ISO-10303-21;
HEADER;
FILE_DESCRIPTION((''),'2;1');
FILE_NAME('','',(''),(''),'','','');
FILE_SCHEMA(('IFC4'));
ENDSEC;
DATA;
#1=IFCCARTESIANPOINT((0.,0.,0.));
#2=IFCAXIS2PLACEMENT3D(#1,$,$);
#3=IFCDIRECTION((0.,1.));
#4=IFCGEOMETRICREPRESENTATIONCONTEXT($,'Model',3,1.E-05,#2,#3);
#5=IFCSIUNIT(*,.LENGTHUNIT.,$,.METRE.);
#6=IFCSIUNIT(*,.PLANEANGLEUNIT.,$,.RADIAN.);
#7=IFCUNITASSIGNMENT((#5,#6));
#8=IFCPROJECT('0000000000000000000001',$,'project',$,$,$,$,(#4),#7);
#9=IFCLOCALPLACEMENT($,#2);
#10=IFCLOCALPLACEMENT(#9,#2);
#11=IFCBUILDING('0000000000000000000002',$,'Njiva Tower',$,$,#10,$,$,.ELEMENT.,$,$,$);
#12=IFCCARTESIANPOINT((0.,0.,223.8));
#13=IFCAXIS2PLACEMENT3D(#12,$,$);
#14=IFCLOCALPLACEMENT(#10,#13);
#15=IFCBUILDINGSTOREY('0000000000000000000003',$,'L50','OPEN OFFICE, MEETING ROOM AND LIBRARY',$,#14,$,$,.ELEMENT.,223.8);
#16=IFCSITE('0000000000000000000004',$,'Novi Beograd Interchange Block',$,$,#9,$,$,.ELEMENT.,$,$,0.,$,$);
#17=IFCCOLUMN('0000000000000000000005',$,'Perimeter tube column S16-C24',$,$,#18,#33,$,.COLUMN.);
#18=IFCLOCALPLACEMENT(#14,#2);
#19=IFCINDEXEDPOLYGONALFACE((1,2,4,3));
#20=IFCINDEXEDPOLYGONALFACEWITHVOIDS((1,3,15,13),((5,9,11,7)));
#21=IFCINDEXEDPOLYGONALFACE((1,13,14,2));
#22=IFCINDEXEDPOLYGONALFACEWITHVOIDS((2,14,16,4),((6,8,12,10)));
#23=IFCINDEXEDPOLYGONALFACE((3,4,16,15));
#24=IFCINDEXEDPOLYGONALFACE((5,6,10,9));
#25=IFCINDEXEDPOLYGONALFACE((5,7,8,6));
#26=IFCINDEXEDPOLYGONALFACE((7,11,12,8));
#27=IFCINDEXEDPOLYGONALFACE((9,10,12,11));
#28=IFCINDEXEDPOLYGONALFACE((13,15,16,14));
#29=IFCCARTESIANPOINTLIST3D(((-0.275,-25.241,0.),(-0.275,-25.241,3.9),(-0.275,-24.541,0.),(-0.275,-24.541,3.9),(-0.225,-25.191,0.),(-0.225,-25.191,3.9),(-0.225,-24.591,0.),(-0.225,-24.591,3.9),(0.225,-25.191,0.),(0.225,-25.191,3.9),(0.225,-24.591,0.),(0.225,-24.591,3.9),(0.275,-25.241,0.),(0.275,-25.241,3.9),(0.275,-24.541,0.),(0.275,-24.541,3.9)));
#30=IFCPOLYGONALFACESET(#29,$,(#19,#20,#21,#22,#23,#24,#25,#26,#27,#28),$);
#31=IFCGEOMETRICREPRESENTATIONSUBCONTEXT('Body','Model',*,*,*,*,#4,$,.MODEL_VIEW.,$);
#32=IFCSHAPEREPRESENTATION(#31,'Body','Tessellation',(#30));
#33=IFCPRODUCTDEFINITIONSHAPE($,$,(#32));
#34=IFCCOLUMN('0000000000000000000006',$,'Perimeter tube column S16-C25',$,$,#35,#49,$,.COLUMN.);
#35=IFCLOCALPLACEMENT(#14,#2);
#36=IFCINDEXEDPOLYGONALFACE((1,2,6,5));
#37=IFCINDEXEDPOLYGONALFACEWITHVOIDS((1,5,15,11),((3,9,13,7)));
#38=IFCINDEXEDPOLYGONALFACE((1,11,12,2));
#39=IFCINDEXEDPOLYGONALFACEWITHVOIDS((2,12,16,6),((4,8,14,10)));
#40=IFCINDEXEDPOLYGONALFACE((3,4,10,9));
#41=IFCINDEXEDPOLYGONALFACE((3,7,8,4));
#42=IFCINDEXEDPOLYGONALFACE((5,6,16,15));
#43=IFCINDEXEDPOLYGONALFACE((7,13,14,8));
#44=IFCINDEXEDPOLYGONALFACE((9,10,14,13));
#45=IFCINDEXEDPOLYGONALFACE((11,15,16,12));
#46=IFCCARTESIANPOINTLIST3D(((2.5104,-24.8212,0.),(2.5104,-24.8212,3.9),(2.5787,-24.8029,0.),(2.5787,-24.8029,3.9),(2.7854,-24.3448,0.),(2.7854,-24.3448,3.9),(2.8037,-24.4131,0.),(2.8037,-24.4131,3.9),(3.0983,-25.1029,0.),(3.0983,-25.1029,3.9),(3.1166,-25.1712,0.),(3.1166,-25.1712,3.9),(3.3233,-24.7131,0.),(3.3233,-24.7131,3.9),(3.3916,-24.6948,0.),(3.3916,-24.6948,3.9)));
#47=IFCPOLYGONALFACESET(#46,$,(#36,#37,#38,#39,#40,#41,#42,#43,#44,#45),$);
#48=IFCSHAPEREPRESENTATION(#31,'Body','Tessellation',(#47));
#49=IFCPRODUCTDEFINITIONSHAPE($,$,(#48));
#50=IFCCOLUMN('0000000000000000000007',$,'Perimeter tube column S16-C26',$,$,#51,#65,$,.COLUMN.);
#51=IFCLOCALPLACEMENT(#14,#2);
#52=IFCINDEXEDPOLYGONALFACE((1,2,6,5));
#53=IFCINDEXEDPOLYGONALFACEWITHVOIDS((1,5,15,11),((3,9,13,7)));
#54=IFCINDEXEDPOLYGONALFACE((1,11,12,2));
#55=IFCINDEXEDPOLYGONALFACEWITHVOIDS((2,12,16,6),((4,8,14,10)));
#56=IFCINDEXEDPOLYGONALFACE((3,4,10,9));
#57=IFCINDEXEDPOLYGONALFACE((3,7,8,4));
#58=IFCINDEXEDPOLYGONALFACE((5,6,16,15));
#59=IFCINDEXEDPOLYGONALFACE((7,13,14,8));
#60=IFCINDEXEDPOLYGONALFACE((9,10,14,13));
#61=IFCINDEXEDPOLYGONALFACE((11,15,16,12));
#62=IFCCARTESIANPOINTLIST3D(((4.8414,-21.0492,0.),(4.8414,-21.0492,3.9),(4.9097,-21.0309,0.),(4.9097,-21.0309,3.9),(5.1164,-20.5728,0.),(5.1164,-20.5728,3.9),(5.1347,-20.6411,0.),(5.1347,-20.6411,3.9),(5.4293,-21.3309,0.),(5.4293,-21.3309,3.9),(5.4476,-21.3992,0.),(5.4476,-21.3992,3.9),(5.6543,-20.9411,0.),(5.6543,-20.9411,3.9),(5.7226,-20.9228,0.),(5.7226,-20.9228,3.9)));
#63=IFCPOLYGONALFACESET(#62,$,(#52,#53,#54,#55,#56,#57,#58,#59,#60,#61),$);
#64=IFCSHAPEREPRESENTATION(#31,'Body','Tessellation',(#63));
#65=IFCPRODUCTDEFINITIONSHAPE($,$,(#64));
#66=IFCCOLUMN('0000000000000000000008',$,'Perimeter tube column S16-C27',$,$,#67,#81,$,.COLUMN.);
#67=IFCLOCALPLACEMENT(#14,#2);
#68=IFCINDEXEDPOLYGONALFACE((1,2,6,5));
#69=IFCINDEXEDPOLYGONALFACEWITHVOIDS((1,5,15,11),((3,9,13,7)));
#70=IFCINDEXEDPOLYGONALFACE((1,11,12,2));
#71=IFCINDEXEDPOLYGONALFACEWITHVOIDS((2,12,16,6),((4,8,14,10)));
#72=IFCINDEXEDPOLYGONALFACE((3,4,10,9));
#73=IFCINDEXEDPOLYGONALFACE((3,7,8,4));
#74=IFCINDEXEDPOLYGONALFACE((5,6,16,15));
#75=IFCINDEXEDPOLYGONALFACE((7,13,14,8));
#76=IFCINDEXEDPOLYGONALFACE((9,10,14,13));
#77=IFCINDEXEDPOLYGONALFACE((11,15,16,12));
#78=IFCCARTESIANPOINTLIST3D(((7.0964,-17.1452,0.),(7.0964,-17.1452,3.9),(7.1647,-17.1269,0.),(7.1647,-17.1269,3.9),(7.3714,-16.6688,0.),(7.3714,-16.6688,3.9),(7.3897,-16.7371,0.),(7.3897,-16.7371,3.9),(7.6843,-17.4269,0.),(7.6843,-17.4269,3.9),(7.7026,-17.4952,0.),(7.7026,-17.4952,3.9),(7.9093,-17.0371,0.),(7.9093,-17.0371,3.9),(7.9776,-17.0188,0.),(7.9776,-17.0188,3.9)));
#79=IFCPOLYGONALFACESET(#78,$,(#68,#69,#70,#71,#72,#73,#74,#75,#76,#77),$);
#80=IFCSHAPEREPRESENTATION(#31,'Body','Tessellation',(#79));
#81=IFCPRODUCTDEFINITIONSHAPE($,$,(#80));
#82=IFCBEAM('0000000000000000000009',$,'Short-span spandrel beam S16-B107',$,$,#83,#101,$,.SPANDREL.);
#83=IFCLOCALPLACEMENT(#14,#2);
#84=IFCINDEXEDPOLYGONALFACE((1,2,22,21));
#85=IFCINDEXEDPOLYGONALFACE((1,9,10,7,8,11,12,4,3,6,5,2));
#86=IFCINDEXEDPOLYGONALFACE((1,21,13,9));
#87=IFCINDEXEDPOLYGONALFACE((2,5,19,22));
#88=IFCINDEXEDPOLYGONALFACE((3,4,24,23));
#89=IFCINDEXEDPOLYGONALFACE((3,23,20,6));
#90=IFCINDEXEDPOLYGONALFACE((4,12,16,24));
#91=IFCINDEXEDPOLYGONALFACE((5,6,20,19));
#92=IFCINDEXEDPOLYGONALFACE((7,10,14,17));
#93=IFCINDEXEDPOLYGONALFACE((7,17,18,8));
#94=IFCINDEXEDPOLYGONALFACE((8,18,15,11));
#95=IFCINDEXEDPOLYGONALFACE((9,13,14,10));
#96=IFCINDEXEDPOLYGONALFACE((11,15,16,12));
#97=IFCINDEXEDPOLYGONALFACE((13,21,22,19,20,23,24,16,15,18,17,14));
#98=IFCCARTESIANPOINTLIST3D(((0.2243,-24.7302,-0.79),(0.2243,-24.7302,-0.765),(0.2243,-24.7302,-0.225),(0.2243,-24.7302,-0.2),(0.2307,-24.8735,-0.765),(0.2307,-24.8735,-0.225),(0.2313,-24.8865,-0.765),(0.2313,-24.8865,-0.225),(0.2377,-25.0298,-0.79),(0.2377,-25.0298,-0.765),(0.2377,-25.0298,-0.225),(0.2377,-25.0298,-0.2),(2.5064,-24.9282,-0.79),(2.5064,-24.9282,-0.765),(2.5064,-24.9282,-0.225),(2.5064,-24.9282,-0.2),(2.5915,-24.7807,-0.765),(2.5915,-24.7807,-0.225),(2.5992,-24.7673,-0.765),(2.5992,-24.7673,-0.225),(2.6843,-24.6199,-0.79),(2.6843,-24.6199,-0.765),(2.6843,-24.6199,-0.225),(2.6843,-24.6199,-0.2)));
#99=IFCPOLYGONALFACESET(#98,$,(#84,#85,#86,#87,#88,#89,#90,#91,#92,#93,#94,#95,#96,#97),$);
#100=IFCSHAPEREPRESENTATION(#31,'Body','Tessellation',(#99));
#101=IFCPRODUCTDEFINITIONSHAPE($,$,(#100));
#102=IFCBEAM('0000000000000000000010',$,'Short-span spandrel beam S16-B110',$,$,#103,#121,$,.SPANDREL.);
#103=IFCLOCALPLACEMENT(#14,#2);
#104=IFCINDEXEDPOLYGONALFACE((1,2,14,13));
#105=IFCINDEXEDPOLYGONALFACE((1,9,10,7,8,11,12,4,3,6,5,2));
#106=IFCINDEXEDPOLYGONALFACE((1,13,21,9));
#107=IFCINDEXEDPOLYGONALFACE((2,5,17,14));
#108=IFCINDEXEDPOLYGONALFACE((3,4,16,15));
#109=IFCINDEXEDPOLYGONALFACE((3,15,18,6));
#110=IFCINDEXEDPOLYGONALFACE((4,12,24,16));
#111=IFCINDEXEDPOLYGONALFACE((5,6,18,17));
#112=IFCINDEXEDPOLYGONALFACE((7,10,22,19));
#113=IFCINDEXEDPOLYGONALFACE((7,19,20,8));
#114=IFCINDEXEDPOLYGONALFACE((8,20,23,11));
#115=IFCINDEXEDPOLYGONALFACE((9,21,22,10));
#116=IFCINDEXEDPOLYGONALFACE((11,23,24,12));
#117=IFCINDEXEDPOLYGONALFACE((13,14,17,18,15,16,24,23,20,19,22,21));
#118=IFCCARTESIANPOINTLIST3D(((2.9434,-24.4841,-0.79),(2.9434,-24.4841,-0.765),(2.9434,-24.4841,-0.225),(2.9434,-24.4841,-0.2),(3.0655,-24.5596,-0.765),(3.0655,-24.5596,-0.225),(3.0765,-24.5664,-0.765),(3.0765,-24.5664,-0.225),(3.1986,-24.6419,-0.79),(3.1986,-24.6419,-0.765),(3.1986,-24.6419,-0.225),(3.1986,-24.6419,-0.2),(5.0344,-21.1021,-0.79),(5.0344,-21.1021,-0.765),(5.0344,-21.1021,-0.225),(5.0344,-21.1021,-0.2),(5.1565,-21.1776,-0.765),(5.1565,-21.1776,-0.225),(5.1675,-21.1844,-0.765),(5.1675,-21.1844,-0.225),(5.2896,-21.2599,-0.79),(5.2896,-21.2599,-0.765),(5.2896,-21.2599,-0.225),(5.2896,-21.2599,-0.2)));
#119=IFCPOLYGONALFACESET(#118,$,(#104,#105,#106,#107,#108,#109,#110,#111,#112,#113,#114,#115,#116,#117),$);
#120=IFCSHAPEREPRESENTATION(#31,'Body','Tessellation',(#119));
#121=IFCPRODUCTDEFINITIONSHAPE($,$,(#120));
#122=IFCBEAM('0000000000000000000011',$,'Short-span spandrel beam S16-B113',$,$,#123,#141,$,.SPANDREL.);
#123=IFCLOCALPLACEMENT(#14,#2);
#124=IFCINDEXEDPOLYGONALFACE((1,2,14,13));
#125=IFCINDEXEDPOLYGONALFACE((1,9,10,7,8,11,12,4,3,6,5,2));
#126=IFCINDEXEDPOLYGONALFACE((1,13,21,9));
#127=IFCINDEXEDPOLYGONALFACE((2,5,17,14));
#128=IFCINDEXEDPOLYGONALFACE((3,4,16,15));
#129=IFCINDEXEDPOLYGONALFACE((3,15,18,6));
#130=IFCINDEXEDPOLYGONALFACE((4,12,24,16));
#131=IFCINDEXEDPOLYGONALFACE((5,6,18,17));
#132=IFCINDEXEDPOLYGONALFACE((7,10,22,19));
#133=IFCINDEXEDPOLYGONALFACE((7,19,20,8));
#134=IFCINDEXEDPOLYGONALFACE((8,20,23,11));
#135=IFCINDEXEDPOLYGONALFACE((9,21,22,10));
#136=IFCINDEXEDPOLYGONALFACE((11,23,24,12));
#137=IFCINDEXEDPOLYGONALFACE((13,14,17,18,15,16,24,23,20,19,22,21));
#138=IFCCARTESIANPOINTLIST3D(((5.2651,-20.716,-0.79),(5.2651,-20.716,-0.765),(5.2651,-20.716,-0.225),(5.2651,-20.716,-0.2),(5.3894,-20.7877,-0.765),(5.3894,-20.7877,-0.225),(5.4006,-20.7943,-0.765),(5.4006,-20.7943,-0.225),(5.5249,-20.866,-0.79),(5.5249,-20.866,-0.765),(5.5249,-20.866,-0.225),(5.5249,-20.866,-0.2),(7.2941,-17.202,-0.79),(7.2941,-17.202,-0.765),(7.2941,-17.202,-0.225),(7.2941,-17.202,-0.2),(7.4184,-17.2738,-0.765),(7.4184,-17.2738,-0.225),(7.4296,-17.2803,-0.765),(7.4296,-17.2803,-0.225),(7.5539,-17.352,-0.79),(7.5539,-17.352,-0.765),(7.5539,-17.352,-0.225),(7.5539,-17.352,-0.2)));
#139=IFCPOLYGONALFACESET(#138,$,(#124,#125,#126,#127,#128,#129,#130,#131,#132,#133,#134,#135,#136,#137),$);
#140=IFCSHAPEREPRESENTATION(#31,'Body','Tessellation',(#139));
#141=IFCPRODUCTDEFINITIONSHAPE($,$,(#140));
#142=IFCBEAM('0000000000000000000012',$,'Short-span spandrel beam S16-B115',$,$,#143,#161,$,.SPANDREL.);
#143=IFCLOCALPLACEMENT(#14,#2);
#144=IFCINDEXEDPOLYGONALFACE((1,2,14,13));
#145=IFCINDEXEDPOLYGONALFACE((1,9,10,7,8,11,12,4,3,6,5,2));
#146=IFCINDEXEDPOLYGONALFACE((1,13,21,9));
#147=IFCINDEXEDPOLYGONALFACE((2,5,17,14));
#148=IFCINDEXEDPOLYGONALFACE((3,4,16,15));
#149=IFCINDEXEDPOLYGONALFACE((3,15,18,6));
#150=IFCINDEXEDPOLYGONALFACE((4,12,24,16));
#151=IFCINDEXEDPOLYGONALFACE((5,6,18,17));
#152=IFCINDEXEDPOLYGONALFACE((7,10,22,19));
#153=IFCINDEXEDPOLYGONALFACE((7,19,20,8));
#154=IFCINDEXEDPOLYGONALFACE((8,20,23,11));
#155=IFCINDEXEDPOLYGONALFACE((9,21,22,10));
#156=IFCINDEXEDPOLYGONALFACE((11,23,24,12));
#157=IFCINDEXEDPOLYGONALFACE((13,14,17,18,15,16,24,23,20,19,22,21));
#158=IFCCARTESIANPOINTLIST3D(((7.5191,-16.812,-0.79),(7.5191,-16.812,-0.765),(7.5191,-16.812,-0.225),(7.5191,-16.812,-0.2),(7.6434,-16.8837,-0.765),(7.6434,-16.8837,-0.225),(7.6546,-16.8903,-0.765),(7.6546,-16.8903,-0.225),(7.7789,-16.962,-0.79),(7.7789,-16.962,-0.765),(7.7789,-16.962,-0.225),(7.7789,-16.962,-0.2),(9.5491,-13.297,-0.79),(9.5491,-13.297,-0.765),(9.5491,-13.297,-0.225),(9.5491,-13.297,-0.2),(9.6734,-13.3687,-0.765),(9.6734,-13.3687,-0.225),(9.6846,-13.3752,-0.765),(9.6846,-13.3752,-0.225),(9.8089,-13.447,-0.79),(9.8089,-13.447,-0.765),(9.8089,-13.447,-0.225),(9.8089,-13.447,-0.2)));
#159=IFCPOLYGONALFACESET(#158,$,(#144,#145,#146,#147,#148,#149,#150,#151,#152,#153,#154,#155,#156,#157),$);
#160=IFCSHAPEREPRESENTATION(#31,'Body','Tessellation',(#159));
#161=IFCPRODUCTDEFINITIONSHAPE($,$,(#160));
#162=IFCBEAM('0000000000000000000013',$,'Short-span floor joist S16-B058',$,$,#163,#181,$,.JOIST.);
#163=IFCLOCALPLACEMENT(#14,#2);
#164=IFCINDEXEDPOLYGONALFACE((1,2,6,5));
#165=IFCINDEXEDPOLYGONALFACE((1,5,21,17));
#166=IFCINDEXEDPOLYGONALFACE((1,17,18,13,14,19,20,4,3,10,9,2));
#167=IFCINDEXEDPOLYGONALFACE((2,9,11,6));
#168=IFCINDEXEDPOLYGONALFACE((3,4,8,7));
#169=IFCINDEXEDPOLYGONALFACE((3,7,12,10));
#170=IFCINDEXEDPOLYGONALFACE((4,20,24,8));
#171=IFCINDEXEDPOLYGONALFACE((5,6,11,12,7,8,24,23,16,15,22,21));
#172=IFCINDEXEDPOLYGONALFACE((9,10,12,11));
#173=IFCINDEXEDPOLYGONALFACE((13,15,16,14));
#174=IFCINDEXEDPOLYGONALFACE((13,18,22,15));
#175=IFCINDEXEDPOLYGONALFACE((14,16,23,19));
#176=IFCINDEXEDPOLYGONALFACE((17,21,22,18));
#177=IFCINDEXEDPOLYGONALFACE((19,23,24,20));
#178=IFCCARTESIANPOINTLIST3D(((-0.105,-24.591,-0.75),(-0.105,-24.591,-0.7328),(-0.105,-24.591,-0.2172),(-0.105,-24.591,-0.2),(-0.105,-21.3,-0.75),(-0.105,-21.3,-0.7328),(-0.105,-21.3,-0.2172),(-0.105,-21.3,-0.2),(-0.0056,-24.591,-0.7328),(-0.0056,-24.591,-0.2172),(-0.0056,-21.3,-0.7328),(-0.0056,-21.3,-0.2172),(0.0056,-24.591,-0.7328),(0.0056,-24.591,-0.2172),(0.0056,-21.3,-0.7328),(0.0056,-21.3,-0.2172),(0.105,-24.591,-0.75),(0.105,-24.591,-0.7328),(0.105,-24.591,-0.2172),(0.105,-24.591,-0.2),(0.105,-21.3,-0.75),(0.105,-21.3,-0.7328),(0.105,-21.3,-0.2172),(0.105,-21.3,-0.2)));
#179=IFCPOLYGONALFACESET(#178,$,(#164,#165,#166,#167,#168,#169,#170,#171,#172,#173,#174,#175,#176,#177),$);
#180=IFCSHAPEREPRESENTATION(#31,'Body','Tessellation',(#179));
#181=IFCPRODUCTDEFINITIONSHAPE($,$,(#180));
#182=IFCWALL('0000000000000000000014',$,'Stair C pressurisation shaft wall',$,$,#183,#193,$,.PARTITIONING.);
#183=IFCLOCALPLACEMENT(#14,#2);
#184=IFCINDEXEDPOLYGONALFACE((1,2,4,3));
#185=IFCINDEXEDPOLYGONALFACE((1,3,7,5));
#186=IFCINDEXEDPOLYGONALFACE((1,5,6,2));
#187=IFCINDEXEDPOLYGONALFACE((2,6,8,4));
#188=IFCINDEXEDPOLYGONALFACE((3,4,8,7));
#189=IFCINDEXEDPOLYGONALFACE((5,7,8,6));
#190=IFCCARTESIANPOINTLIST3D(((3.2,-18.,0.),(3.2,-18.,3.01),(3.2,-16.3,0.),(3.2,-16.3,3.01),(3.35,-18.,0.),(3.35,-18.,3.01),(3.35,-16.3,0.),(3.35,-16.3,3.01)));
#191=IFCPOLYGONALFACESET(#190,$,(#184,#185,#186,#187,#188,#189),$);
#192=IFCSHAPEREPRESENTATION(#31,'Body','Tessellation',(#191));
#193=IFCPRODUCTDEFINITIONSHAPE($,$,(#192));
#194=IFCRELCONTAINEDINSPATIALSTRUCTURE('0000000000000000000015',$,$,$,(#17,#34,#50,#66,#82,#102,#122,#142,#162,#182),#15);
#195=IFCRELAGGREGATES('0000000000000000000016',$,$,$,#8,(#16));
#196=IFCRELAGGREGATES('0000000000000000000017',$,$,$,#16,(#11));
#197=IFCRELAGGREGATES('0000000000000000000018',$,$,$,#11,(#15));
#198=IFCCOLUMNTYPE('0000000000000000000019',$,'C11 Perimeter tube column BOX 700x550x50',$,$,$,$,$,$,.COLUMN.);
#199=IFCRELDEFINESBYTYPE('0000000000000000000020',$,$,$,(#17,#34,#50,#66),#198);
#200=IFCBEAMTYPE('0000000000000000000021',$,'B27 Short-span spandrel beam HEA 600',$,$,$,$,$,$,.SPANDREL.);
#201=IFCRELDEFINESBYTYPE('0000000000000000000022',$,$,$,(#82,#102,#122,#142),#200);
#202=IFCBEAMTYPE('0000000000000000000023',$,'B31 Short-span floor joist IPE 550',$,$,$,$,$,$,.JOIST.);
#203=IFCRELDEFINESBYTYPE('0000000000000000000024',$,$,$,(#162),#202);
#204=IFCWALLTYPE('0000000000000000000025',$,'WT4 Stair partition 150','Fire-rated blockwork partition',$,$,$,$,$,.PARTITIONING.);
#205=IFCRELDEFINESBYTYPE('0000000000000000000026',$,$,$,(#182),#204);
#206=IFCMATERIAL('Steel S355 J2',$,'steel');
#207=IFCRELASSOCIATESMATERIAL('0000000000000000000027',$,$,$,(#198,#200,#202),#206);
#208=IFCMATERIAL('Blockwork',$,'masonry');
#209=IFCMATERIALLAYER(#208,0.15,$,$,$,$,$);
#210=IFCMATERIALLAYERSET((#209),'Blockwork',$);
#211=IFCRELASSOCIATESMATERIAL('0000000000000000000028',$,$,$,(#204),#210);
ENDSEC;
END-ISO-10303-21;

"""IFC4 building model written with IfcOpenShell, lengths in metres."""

from ifc_helpers import new_model, si_unit, direction, frame, frame_2d, origin, origin_2d, place, context, subcontext, project, spatial, rectangle, hollow_rectangle, i_section, extrude, clip, halfspace, material, layer, layer_set, material_profile, profile_set, type_object, element, save


model = new_model("IFC4")

# Units and contexts
model_context = context("Model", 3, precision=1e-05, world=origin(), true_north=direction((0.0, 1.0)))
body_context = subcontext(model_context, "Body", "Model", "MODEL_VIEW")
ifc_project = project(units=[si_unit("LENGTHUNIT", "METRE"), si_unit("PLANEANGLEUNIT", "RADIAN")], contexts=[model_context])

# Site, building, storey
site_placement = place(None, origin())
site = spatial("IfcSite", under=ifc_project, at=site_placement, Name="Novi Beograd Interchange Block", CompositionType="ELEMENT", RefElevation=0.0)
building_placement = place(site_placement, origin())
building = spatial("IfcBuilding", under=site, at=building_placement, Name="Njiva Tower", CompositionType="ELEMENT")
storey_placement = place(building_placement, frame((0.0, 0.0, 223.8)))
storey = spatial("IfcBuildingStorey", under=building, at=storey_placement, Name="L50", Description="OPEN OFFICE, MEETING ROOM AND LIBRARY", CompositionType="ELEMENT", Elevation=223.8)

# Columns
ifc_material_1 = material(Name="Steel S355 J2", Category="steel")
ifc_material_profile_1 = material_profile(ifc_material_1, hollow_rectangle(XDim=0.55, YDim=0.7, WallThickness=0.05, at=origin_2d()), Name="BOX 700x550x50")
ifc_profile_set_1 = profile_set([ifc_material_profile_1], Name="Steel S355 J2")
column_type = type_object("IfcColumnType", Name="C11 Perimeter tube column BOX 700x550x50", PredefinedType="COLUMN", material=ifc_profile_set_1)
for number, where, z_axis, x_axis, name in (
    (1, (0.0, -24.891, 0.0), (0.0, 0.0, 1.0), (1.0, 0.0, 0.0), "Perimeter tube column S16-C24"),
    (2, (2.951, -24.758, 0.0), (0.0, 0.0, 1.0), (0.5, 0.866025, 0.0), "Perimeter tube column S16-C25"),
    (3, (5.282, -20.986, 0.0), (0.0, 0.0, 1.0), (0.5, 0.866025, 0.0), "Perimeter tube column S16-C26"),
    (4, (7.537, -17.082, 0.0), (0.0, 0.0, 1.0), (0.5, 0.866025, 0.0), "Perimeter tube column S16-C27"),
):
    element("IfcColumn", number, at=place(storey_placement, frame(where, z_axis=z_axis, x_axis=x_axis)), inside=storey, type_object=column_type, Name=name, PredefinedType="COLUMN", context=body_context, shape_type="SweptSolid", body=[
        extrude(hollow_rectangle(XDim=0.55, YDim=0.7, WallThickness=0.05, at=origin_2d()), origin(), (0.0, 0.0, 1.0), 3.9),
    ])

# Beams
ifc_material_profile_2 = material_profile(ifc_material_1, i_section(OverallWidth=0.3, OverallDepth=0.59, WebThickness=0.013, FlangeThickness=0.025, at=origin_2d()), Name="HEA 600")
ifc_profile_set_2 = profile_set([ifc_material_profile_2], Name="Steel S355 J2")
beam_type_1 = type_object("IfcBeamType", Name="B27 Short-span spandrel beam HEA 600", PredefinedType="SPANDREL", material=ifc_profile_set_2)
beam_1_placement = place(storey_placement, frame((0.231, -24.88, -0.495), z_axis=(0.998997, 0.044775, 0.0), x_axis=(-0.044775, 0.998997, 0.0)))
element("IfcBeam", 5, at=beam_1_placement, inside=storey, type_object=beam_type_1, Name="Short-span spandrel beam S16-B107", PredefinedType="SPANDREL", context=body_context, shape_type="Clipping", body=[
    clip(extrude(i_section(OverallWidth=0.3, OverallDepth=0.59, WebThickness=0.013, FlangeThickness=0.025, at=origin_2d()), origin(), (0.0, 0.0, 1.0), 2.4834), halfspace(frame((-0.0265, 0.0, 2.3498), z_axis=(-0.538273, 0.0, 0.84277), x_axis=(0.0, 1.0, 0.0)), False)),
])
beam_2_placement = place(storey_placement, frame((3.071, -24.563, -0.495), z_axis=(0.525878, 0.85056, 0.0), x_axis=(-0.85056, 0.525878, 0.0)))
element("IfcBeam", 6, at=beam_2_placement, inside=storey, type_object=beam_type_1, Name="Short-span spandrel beam S16-B110", PredefinedType="SPANDREL", context=body_context, shape_type="SweptSolid", body=[
    extrude(i_section(OverallWidth=0.3, OverallDepth=0.59, WebThickness=0.013, FlangeThickness=0.025, at=origin_2d()), origin(), (0.0, 0.0, 1.0), 3.9762),
])
beam_3_placement = place(storey_placement, frame((5.395, -20.791, -0.495), z_axis=(0.500035, 0.866005, 0.0), x_axis=(-0.866005, 0.500035, 0.0)))
element("IfcBeam", 7, at=beam_3_placement, inside=storey, type_object=beam_type_1, Name="Short-span spandrel beam S16-B113", PredefinedType="SPANDREL", context=body_context, shape_type="SweptSolid", body=[
    extrude(i_section(OverallWidth=0.3, OverallDepth=0.59, WebThickness=0.013, FlangeThickness=0.025, at=origin_2d()), origin(), (0.0, 0.0, 1.0), 4.0577),
])
beam_4_placement = place(storey_placement, frame((7.649, -16.887, -0.495), z_axis=(0.500113, 0.86596, 0.0), x_axis=(-0.86596, 0.500113, 0.0)))
element("IfcBeam", 8, at=beam_4_placement, inside=storey, type_object=beam_type_1, Name="Short-span spandrel beam S16-B115", PredefinedType="SPANDREL", context=body_context, shape_type="SweptSolid", body=[
    extrude(i_section(OverallWidth=0.3, OverallDepth=0.59, WebThickness=0.013, FlangeThickness=0.025, at=origin_2d()), origin(), (0.0, 0.0, 1.0), 4.0591),
])
ifc_material_profile_3 = material_profile(ifc_material_1, i_section(OverallWidth=0.21, OverallDepth=0.55, WebThickness=0.0111, FlangeThickness=0.0172, at=origin_2d()), Name="IPE 550")
ifc_profile_set_3 = profile_set([ifc_material_profile_3], Name="Steel S355 J2")
beam_type_2 = type_object("IfcBeamType", Name="B31 Short-span floor joist IPE 550", PredefinedType="JOIST", material=ifc_profile_set_3)
beam_5_placement = place(storey_placement, frame((0.0, -21.3, -0.475), z_axis=(0.0, -1.0, 0.0), x_axis=(1.0, 0.0, 0.0)))
element("IfcBeam", 9, at=beam_5_placement, inside=storey, type_object=beam_type_2, Name="Short-span floor joist S16-B058", PredefinedType="JOIST", context=body_context, shape_type="SweptSolid", body=[
    extrude(i_section(OverallWidth=0.21, OverallDepth=0.55, WebThickness=0.0111, FlangeThickness=0.0172, at=origin_2d()), origin(), (0.0, 0.0, 1.0), 3.291),
])

# Wall
ifc_material_2 = material(Name="Blockwork", Category="masonry")
ifc_layer_1 = layer(ifc_material_2, 0.15)
ifc_layer_set_1 = layer_set([ifc_layer_1], Name="Blockwork")
wall_type_1 = type_object("IfcWallType", Name="WT4 Stair partition 150", Description="Fire-rated blockwork partition", PredefinedType="PARTITIONING", material=ifc_layer_set_1)
wall_1_placement = place(storey_placement, frame((3.275, -18.0, 0.0), z_axis=(0.0, 0.0, 1.0), x_axis=(0.0, 1.0, 0.0)))
element("IfcWall", 10, at=wall_1_placement, inside=storey, type_object=wall_type_1, Name="Stair C pressurisation shaft wall", PredefinedType="PARTITIONING", context=body_context, shape_type="SweptSolid", body=[
    extrude(rectangle(XDim=1.7, YDim=0.15, at=frame_2d((0.85, 0.0))), origin(), (0.0, 0.0, 1.0), 3.01),
])

save(model, "model.ifc")
